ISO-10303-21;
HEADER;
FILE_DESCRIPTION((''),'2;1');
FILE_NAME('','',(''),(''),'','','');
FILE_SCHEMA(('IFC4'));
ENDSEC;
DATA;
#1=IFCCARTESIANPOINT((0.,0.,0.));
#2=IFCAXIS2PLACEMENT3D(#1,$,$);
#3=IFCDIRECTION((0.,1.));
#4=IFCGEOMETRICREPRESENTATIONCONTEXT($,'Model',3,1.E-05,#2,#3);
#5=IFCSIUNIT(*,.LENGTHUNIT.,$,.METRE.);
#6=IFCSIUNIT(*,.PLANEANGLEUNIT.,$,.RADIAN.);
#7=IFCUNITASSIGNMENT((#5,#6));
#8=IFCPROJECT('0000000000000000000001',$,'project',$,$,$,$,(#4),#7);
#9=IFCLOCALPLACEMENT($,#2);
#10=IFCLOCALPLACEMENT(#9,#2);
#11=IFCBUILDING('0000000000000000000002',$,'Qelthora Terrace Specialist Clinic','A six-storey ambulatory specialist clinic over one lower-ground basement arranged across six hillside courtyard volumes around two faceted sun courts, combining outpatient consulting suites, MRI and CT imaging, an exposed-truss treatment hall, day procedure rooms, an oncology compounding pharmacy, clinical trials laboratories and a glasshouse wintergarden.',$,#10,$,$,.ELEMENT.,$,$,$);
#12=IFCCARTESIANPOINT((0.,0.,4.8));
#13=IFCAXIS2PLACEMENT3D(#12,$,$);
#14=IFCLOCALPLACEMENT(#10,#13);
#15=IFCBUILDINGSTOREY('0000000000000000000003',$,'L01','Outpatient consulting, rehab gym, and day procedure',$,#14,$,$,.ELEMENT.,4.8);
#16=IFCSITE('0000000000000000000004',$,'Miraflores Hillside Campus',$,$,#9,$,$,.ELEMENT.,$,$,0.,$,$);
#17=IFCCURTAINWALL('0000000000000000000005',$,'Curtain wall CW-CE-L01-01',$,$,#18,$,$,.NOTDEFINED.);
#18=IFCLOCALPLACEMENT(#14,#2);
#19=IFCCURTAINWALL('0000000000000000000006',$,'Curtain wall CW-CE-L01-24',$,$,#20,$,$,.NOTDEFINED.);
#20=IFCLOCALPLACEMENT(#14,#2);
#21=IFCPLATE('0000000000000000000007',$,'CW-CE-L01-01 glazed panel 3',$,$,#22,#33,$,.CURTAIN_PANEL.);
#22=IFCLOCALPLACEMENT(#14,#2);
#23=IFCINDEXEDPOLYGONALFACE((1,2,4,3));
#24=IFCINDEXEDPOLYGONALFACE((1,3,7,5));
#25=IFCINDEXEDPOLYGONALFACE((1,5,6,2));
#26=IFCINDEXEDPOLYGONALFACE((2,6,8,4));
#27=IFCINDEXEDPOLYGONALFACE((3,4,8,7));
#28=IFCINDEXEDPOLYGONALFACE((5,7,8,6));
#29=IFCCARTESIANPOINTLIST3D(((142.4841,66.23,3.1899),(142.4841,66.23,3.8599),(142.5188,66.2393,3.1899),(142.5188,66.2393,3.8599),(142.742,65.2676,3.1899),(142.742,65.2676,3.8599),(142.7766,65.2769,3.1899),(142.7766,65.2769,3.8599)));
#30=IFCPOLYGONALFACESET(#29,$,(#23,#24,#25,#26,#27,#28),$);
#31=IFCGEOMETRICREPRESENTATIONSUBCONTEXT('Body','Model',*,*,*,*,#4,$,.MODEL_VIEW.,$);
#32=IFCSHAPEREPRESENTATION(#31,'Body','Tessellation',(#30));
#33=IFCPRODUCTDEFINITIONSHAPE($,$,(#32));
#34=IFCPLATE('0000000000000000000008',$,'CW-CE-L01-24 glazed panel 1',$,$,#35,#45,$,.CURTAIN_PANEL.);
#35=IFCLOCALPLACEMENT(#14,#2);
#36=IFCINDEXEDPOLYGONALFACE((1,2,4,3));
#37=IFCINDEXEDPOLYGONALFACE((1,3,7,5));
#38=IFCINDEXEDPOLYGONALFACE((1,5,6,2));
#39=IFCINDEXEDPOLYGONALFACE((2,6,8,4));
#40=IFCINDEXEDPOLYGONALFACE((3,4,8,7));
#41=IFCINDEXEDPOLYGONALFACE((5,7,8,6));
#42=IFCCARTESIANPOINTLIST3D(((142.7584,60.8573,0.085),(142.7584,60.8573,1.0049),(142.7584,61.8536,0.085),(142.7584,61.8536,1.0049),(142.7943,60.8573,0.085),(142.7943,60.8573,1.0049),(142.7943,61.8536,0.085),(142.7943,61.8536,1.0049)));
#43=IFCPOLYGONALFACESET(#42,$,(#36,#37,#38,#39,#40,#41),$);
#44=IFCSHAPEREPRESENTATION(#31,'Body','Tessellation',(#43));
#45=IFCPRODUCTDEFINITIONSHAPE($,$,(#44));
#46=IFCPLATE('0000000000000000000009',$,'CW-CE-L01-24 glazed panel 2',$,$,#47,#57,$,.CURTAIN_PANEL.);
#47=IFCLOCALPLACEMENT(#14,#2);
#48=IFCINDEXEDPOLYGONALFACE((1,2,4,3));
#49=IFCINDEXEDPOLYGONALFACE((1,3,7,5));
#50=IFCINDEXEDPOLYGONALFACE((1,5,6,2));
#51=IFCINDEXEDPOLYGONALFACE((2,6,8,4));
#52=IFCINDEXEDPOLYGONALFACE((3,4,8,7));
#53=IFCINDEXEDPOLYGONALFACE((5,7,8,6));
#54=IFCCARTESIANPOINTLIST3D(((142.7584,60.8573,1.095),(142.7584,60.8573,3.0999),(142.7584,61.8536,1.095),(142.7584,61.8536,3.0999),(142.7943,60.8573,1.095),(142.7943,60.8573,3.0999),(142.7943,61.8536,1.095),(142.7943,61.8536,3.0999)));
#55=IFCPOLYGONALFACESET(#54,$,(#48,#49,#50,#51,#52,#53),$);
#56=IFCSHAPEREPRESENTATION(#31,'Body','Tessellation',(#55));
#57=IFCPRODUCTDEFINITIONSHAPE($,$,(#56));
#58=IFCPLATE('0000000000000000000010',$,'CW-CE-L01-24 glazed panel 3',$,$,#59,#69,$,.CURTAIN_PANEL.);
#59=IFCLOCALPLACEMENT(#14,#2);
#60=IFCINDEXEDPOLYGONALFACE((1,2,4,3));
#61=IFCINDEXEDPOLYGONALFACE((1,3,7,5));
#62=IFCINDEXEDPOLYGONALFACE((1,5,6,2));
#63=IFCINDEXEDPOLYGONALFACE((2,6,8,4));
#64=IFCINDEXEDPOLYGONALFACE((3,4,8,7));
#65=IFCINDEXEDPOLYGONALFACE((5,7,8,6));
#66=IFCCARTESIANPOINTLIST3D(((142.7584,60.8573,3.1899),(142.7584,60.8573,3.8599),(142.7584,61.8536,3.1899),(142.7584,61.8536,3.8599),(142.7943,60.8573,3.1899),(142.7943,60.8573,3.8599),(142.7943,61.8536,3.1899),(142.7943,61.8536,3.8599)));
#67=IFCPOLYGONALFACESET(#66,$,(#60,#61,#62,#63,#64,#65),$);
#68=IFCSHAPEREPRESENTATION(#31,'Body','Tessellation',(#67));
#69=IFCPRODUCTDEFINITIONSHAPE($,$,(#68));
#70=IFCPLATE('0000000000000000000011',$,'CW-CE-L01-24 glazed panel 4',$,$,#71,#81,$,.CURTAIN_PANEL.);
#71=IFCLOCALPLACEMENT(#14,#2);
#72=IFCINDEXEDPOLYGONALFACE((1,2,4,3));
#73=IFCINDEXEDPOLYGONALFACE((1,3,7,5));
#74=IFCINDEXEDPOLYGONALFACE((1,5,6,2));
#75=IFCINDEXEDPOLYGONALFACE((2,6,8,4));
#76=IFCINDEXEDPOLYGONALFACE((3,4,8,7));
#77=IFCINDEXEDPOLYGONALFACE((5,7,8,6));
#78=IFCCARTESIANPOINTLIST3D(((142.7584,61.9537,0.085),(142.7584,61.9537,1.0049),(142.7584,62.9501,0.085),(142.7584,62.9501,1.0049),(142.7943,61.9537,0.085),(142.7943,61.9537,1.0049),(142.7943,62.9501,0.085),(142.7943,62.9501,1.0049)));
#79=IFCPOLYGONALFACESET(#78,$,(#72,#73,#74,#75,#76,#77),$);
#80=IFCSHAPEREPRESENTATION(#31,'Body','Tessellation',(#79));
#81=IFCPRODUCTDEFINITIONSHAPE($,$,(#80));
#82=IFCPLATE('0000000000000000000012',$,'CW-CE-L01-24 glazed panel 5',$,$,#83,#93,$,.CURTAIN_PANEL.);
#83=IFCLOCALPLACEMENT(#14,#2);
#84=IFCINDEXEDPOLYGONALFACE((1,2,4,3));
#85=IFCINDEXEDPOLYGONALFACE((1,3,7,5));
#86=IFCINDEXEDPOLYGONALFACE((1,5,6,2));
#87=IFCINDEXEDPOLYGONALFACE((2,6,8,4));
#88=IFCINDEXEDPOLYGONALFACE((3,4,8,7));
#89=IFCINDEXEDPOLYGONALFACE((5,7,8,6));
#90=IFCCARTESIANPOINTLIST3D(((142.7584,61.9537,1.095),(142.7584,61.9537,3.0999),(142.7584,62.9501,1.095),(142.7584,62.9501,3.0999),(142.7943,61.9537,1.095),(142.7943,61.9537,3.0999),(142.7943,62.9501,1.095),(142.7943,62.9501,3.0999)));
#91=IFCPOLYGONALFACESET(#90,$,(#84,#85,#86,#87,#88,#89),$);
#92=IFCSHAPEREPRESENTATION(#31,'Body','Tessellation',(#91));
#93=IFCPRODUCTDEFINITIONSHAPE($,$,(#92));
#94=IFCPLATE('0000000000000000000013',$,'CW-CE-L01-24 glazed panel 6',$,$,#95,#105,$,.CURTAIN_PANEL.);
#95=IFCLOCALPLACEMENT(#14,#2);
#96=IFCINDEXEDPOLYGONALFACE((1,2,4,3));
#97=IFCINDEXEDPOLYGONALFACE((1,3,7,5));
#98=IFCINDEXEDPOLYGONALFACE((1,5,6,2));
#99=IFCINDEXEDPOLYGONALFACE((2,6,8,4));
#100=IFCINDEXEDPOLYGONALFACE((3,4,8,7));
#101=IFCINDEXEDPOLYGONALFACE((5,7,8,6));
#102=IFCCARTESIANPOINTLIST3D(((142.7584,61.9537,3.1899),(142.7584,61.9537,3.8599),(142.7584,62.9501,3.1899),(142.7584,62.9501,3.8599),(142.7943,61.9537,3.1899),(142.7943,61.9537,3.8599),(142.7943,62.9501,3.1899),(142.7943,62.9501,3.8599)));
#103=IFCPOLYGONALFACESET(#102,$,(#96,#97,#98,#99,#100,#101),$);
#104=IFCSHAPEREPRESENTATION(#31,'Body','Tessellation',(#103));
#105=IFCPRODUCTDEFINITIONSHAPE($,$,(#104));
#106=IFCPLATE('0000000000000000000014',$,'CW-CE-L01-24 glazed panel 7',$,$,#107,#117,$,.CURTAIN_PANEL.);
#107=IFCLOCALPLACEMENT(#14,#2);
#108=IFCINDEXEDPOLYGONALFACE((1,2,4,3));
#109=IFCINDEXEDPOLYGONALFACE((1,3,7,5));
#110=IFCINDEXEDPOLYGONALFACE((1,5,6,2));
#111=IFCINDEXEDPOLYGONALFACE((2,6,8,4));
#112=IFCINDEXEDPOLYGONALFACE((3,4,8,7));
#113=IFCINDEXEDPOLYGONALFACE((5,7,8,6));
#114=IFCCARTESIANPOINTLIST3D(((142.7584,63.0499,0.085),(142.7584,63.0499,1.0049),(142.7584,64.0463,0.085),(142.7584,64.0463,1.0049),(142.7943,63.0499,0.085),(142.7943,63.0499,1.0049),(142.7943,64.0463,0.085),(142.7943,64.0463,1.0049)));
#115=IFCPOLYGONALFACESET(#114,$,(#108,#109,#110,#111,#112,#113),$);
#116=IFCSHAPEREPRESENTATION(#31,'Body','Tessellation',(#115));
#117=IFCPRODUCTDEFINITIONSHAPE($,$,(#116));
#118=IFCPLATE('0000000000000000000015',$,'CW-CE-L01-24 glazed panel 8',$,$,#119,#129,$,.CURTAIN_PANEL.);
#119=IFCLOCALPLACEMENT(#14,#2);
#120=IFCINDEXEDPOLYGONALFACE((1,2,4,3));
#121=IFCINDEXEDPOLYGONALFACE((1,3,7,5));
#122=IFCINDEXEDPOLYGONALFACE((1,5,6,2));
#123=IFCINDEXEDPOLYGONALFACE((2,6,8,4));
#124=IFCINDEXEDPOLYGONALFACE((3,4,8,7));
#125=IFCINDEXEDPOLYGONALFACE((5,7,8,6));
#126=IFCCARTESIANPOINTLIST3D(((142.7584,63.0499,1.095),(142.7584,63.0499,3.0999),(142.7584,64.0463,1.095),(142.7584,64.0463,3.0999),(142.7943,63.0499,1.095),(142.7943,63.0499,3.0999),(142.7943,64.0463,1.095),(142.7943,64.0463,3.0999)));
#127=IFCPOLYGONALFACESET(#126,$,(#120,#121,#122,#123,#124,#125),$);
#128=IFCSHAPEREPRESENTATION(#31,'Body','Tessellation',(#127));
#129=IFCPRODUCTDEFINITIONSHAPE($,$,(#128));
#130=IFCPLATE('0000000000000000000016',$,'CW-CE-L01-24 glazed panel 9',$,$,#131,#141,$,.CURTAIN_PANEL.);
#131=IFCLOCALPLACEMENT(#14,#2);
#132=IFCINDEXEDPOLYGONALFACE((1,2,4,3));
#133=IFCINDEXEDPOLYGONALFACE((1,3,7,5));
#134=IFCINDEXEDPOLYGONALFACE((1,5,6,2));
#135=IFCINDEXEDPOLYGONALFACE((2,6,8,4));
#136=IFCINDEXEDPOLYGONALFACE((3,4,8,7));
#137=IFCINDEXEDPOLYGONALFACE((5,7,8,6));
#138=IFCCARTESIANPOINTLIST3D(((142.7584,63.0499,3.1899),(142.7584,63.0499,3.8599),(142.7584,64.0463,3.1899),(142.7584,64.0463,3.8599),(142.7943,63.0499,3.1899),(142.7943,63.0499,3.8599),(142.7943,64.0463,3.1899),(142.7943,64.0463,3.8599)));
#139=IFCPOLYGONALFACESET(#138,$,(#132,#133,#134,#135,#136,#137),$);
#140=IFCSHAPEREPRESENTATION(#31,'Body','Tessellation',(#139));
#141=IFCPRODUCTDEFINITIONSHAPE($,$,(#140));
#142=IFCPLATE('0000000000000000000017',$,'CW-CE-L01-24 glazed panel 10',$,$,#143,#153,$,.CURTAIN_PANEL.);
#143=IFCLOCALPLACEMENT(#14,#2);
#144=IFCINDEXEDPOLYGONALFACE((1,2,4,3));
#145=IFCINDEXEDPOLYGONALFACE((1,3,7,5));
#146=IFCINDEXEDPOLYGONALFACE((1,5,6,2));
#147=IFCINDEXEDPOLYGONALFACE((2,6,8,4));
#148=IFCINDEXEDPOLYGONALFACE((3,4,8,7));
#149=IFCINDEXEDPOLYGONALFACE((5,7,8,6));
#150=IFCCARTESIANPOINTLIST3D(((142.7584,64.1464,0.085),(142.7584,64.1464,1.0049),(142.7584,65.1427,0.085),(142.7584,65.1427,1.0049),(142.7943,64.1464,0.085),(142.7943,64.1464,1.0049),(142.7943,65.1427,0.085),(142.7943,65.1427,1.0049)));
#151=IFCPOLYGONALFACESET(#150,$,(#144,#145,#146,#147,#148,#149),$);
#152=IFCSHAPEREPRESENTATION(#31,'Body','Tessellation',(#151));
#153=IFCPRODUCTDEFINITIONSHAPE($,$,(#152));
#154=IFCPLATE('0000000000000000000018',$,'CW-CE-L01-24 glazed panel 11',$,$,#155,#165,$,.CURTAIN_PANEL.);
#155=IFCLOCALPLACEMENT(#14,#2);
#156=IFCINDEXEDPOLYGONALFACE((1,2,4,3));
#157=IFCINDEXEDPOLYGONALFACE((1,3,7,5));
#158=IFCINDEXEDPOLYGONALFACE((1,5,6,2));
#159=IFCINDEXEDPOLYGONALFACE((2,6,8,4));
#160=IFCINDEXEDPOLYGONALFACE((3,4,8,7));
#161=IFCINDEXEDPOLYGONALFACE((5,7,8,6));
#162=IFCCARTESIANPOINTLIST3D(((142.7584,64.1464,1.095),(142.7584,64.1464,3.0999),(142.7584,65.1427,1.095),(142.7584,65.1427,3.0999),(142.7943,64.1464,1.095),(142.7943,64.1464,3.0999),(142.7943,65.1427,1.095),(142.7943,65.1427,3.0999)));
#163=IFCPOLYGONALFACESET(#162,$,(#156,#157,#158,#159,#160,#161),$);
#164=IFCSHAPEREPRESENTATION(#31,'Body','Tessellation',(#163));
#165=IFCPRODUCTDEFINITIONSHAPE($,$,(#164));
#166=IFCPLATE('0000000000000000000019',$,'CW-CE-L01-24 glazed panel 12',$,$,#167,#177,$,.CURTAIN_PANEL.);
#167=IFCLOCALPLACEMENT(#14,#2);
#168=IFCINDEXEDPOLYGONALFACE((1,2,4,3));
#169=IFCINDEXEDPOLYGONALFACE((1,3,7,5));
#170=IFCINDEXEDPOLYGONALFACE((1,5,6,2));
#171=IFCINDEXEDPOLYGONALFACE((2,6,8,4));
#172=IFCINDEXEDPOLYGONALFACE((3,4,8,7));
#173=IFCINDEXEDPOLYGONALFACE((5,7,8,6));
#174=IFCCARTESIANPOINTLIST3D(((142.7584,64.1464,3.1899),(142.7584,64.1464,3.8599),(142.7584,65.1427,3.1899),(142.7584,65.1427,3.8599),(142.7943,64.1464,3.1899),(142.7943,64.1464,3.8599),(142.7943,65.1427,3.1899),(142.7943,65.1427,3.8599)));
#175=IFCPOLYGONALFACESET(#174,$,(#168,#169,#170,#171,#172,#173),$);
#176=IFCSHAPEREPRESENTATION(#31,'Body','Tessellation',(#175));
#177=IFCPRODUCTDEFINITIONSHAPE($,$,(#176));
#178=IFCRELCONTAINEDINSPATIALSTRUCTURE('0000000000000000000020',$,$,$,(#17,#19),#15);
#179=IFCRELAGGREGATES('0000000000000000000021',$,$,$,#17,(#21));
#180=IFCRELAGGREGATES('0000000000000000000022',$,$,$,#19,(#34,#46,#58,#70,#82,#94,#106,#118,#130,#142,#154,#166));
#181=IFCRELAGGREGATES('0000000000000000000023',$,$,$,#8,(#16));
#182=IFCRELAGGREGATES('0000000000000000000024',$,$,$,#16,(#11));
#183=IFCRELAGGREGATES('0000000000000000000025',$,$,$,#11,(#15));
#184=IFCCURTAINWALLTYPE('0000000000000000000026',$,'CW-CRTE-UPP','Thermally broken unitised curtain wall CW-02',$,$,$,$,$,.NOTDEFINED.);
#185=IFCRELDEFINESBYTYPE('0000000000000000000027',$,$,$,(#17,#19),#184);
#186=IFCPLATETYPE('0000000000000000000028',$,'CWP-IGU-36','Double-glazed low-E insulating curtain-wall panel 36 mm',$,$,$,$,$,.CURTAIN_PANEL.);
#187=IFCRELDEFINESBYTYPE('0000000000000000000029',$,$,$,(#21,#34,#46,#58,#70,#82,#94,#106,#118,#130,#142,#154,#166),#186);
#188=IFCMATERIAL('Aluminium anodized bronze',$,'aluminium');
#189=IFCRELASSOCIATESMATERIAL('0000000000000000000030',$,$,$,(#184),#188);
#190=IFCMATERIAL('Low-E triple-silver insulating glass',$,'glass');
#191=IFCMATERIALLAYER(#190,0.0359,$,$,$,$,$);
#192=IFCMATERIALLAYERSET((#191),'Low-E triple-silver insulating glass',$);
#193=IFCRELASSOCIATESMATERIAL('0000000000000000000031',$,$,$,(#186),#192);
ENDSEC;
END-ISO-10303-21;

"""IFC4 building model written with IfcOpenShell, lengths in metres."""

from ifc_helpers import new_model, si_unit, direction, frame, origin, origin_2d, place, context, subcontext, project, spatial, rectangle, extrude, material, layer, layer_set, type_object, element, aggregate, save


model = new_model("IFC4")

# Units and contexts
model_context = context("Model", 3, precision=1e-05, world=origin(), true_north=direction((0.0, 1.0)))
body_context = subcontext(model_context, "Body", "Model", "MODEL_VIEW")
ifc_project = project(units=[si_unit("LENGTHUNIT", "METRE"), si_unit("PLANEANGLEUNIT", "RADIAN")], contexts=[model_context])

# Site, building, storey
site_placement = place(None, origin())
site = spatial("IfcSite", under=ifc_project, at=site_placement, Name="Miraflores Hillside Campus", CompositionType="ELEMENT", RefElevation=0.0)
building_placement = place(site_placement, origin())
building = spatial("IfcBuilding", under=site, at=building_placement, Name="Qelthora Terrace Specialist Clinic", Description="A six-storey ambulatory specialist clinic over one lower-ground basement arranged across six hillside courtyard volumes around two faceted sun courts, combining outpatient consulting suites, MRI and CT imaging, an exposed-truss treatment hall, day procedure rooms, an oncology compounding pharmacy, clinical trials laboratories and a glasshouse wintergarden.", CompositionType="ELEMENT")
storey_placement = place(building_placement, frame((0.0, 0.0, 4.8)))
storey = spatial("IfcBuildingStorey", under=building, at=storey_placement, Name="L01", Description="Outpatient consulting, rehab gym, and day procedure", CompositionType="ELEMENT", Elevation=4.8)

# Curtain wall
ifc_material_1 = material(Name="Aluminium anodized bronze", Category="aluminium")
curtain_wall_type = type_object("IfcCurtainWallType", Name="CW-CRTE-UPP", Description="Thermally broken unitised curtain wall CW-02", PredefinedType="NOTDEFINED", material=ifc_material_1)
curtain_wall_1_placement = place(storey_placement, origin())
curtain_wall_1 = element("IfcCurtainWall", 1, at=curtain_wall_1_placement, inside=storey, type_object=curtain_wall_type, Name="Curtain wall CW-CE-L01-01", PredefinedType="NOTDEFINED")

# Curtain wall
curtain_wall_2_placement = place(storey_placement, origin())
curtain_wall_2 = element("IfcCurtainWall", 2, at=curtain_wall_2_placement, inside=storey, type_object=curtain_wall_type, Name="Curtain wall CW-CE-L01-24", PredefinedType="NOTDEFINED")

# Plates
ifc_material_2 = material(Name="Low-E triple-silver insulating glass", Category="glass")
ifc_layer = layer(ifc_material_2, 0.0359)
ifc_layer_set = layer_set([ifc_layer], Name="Low-E triple-silver insulating glass")
plate_type = type_object("IfcPlateType", Name="CWP-IGU-36", Description="Double-glazed low-E insulating curtain-wall panel 36 mm", PredefinedType="CURTAIN_PANEL", material=ifc_layer_set)
plate_1_placement = place(storey_placement, frame((142.6304, 65.7534, 3.1899), z_axis=(0.0, 0.0, 1.0), x_axis=(-0.258819, 0.965926, 0.0)))
plate_1 = element("IfcPlate", 3, at=plate_1_placement, type_object=plate_type, Name="CW-CE-L01-01 glazed panel 3", PredefinedType="CURTAIN_PANEL", context=body_context, shape_type="SweptSolid", body=[
    extrude(rectangle(XDim=0.9963, YDim=0.0359, at=origin_2d()), origin(), (0.0, 0.0, 1.0), 0.6699),
])
aggregate(curtain_wall_1, [plate_1])
plate_2_placement = place(storey_placement, frame((142.7764, 61.3555, 0.085), z_axis=(0.0, 0.0, 1.0), x_axis=(0.0, 1.0, 0.0)))
plate_2 = element("IfcPlate", 4, at=plate_2_placement, type_object=plate_type, Name="CW-CE-L01-24 glazed panel 1", PredefinedType="CURTAIN_PANEL", context=body_context, shape_type="SweptSolid", body=[
    extrude(rectangle(XDim=0.9963, YDim=0.0359, at=origin_2d()), origin(), (0.0, 0.0, 1.0), 0.9199),
])
plate_3_placement = place(storey_placement, frame((142.7764, 61.3555, 1.095), z_axis=(0.0, 0.0, 1.0), x_axis=(0.0, 1.0, 0.0)))
plate_3 = element("IfcPlate", 5, at=plate_3_placement, type_object=plate_type, Name="CW-CE-L01-24 glazed panel 2", PredefinedType="CURTAIN_PANEL", context=body_context, shape_type="SweptSolid", body=[
    extrude(rectangle(XDim=0.9963, YDim=0.0359, at=origin_2d()), origin(), (0.0, 0.0, 1.0), 2.0049),
])
plate_4_placement = place(storey_placement, frame((142.7764, 61.3555, 3.1899), z_axis=(0.0, 0.0, 1.0), x_axis=(0.0, 1.0, 0.0)))
plate_4 = element("IfcPlate", 6, at=plate_4_placement, type_object=plate_type, Name="CW-CE-L01-24 glazed panel 3", PredefinedType="CURTAIN_PANEL", context=body_context, shape_type="SweptSolid", body=[
    extrude(rectangle(XDim=0.9963, YDim=0.0359, at=origin_2d()), origin(), (0.0, 0.0, 1.0), 0.6699),
])
plate_5_placement = place(storey_placement, frame((142.7764, 62.4519, 0.085), z_axis=(0.0, 0.0, 1.0), x_axis=(0.0, 1.0, 0.0)))
plate_5 = element("IfcPlate", 7, at=plate_5_placement, type_object=plate_type, Name="CW-CE-L01-24 glazed panel 4", PredefinedType="CURTAIN_PANEL", context=body_context, shape_type="SweptSolid", body=[
    extrude(rectangle(XDim=0.9963, YDim=0.0359, at=origin_2d()), origin(), (0.0, 0.0, 1.0), 0.9199),
])
plate_6_placement = place(storey_placement, frame((142.7764, 62.4519, 1.095), z_axis=(0.0, 0.0, 1.0), x_axis=(0.0, 1.0, 0.0)))
plate_6 = element("IfcPlate", 8, at=plate_6_placement, type_object=plate_type, Name="CW-CE-L01-24 glazed panel 5", PredefinedType="CURTAIN_PANEL", context=body_context, shape_type="SweptSolid", body=[
    extrude(rectangle(XDim=0.9963, YDim=0.0359, at=origin_2d()), origin(), (0.0, 0.0, 1.0), 2.0049),
])
plate_7_placement = place(storey_placement, frame((142.7764, 62.4519, 3.1899), z_axis=(0.0, 0.0, 1.0), x_axis=(0.0, 1.0, 0.0)))
plate_7 = element("IfcPlate", 9, at=plate_7_placement, type_object=plate_type, Name="CW-CE-L01-24 glazed panel 6", PredefinedType="CURTAIN_PANEL", context=body_context, shape_type="SweptSolid", body=[
    extrude(rectangle(XDim=0.9963, YDim=0.0359, at=origin_2d()), origin(), (0.0, 0.0, 1.0), 0.6699),
])
plate_8_placement = place(storey_placement, frame((142.7764, 63.5481, 0.085), z_axis=(0.0, 0.0, 1.0), x_axis=(0.0, 1.0, 0.0)))
plate_8 = element("IfcPlate", 10, at=plate_8_placement, type_object=plate_type, Name="CW-CE-L01-24 glazed panel 7", PredefinedType="CURTAIN_PANEL", context=body_context, shape_type="SweptSolid", body=[
    extrude(rectangle(XDim=0.9963, YDim=0.0359, at=origin_2d()), origin(), (0.0, 0.0, 1.0), 0.9199),
])
plate_9_placement = place(storey_placement, frame((142.7764, 63.5481, 1.095), z_axis=(0.0, 0.0, 1.0), x_axis=(0.0, 1.0, 0.0)))
plate_9 = element("IfcPlate", 11, at=plate_9_placement, type_object=plate_type, Name="CW-CE-L01-24 glazed panel 8", PredefinedType="CURTAIN_PANEL", context=body_context, shape_type="SweptSolid", body=[
    extrude(rectangle(XDim=0.9963, YDim=0.0359, at=origin_2d()), origin(), (0.0, 0.0, 1.0), 2.0049),
])
plate_10_placement = place(storey_placement, frame((142.7764, 63.5481, 3.1899), z_axis=(0.0, 0.0, 1.0), x_axis=(0.0, 1.0, 0.0)))
plate_10 = element("IfcPlate", 12, at=plate_10_placement, type_object=plate_type, Name="CW-CE-L01-24 glazed panel 9", PredefinedType="CURTAIN_PANEL", context=body_context, shape_type="SweptSolid", body=[
    extrude(rectangle(XDim=0.9963, YDim=0.0359, at=origin_2d()), origin(), (0.0, 0.0, 1.0), 0.6699),
])
plate_11_placement = place(storey_placement, frame((142.7764, 64.6445, 0.085), z_axis=(0.0, 0.0, 1.0), x_axis=(0.0, 1.0, 0.0)))
plate_11 = element("IfcPlate", 13, at=plate_11_placement, type_object=plate_type, Name="CW-CE-L01-24 glazed panel 10", PredefinedType="CURTAIN_PANEL", context=body_context, shape_type="SweptSolid", body=[
    extrude(rectangle(XDim=0.9963, YDim=0.0359, at=origin_2d()), origin(), (0.0, 0.0, 1.0), 0.9199),
])
plate_12_placement = place(storey_placement, frame((142.7764, 64.6445, 1.095), z_axis=(0.0, 0.0, 1.0), x_axis=(0.0, 1.0, 0.0)))
plate_12 = element("IfcPlate", 14, at=plate_12_placement, type_object=plate_type, Name="CW-CE-L01-24 glazed panel 11", PredefinedType="CURTAIN_PANEL", context=body_context, shape_type="SweptSolid", body=[
    extrude(rectangle(XDim=0.9963, YDim=0.0359, at=origin_2d()), origin(), (0.0, 0.0, 1.0), 2.0049),
])
plate_13_placement = place(storey_placement, frame((142.7764, 64.6445, 3.1899), z_axis=(0.0, 0.0, 1.0), x_axis=(0.0, 1.0, 0.0)))
plate_13 = element("IfcPlate", 15, at=plate_13_placement, type_object=plate_type, Name="CW-CE-L01-24 glazed panel 12", PredefinedType="CURTAIN_PANEL", context=body_context, shape_type="SweptSolid", body=[
    extrude(rectangle(XDim=0.9963, YDim=0.0359, at=origin_2d()), origin(), (0.0, 0.0, 1.0), 0.6699),
])
aggregate(curtain_wall_2, [plate_2, plate_3, plate_4, plate_5, plate_6, plate_7, plate_8, plate_9, plate_10, plate_11, plate_12, plate_13])

save(model, "model.ifc")
